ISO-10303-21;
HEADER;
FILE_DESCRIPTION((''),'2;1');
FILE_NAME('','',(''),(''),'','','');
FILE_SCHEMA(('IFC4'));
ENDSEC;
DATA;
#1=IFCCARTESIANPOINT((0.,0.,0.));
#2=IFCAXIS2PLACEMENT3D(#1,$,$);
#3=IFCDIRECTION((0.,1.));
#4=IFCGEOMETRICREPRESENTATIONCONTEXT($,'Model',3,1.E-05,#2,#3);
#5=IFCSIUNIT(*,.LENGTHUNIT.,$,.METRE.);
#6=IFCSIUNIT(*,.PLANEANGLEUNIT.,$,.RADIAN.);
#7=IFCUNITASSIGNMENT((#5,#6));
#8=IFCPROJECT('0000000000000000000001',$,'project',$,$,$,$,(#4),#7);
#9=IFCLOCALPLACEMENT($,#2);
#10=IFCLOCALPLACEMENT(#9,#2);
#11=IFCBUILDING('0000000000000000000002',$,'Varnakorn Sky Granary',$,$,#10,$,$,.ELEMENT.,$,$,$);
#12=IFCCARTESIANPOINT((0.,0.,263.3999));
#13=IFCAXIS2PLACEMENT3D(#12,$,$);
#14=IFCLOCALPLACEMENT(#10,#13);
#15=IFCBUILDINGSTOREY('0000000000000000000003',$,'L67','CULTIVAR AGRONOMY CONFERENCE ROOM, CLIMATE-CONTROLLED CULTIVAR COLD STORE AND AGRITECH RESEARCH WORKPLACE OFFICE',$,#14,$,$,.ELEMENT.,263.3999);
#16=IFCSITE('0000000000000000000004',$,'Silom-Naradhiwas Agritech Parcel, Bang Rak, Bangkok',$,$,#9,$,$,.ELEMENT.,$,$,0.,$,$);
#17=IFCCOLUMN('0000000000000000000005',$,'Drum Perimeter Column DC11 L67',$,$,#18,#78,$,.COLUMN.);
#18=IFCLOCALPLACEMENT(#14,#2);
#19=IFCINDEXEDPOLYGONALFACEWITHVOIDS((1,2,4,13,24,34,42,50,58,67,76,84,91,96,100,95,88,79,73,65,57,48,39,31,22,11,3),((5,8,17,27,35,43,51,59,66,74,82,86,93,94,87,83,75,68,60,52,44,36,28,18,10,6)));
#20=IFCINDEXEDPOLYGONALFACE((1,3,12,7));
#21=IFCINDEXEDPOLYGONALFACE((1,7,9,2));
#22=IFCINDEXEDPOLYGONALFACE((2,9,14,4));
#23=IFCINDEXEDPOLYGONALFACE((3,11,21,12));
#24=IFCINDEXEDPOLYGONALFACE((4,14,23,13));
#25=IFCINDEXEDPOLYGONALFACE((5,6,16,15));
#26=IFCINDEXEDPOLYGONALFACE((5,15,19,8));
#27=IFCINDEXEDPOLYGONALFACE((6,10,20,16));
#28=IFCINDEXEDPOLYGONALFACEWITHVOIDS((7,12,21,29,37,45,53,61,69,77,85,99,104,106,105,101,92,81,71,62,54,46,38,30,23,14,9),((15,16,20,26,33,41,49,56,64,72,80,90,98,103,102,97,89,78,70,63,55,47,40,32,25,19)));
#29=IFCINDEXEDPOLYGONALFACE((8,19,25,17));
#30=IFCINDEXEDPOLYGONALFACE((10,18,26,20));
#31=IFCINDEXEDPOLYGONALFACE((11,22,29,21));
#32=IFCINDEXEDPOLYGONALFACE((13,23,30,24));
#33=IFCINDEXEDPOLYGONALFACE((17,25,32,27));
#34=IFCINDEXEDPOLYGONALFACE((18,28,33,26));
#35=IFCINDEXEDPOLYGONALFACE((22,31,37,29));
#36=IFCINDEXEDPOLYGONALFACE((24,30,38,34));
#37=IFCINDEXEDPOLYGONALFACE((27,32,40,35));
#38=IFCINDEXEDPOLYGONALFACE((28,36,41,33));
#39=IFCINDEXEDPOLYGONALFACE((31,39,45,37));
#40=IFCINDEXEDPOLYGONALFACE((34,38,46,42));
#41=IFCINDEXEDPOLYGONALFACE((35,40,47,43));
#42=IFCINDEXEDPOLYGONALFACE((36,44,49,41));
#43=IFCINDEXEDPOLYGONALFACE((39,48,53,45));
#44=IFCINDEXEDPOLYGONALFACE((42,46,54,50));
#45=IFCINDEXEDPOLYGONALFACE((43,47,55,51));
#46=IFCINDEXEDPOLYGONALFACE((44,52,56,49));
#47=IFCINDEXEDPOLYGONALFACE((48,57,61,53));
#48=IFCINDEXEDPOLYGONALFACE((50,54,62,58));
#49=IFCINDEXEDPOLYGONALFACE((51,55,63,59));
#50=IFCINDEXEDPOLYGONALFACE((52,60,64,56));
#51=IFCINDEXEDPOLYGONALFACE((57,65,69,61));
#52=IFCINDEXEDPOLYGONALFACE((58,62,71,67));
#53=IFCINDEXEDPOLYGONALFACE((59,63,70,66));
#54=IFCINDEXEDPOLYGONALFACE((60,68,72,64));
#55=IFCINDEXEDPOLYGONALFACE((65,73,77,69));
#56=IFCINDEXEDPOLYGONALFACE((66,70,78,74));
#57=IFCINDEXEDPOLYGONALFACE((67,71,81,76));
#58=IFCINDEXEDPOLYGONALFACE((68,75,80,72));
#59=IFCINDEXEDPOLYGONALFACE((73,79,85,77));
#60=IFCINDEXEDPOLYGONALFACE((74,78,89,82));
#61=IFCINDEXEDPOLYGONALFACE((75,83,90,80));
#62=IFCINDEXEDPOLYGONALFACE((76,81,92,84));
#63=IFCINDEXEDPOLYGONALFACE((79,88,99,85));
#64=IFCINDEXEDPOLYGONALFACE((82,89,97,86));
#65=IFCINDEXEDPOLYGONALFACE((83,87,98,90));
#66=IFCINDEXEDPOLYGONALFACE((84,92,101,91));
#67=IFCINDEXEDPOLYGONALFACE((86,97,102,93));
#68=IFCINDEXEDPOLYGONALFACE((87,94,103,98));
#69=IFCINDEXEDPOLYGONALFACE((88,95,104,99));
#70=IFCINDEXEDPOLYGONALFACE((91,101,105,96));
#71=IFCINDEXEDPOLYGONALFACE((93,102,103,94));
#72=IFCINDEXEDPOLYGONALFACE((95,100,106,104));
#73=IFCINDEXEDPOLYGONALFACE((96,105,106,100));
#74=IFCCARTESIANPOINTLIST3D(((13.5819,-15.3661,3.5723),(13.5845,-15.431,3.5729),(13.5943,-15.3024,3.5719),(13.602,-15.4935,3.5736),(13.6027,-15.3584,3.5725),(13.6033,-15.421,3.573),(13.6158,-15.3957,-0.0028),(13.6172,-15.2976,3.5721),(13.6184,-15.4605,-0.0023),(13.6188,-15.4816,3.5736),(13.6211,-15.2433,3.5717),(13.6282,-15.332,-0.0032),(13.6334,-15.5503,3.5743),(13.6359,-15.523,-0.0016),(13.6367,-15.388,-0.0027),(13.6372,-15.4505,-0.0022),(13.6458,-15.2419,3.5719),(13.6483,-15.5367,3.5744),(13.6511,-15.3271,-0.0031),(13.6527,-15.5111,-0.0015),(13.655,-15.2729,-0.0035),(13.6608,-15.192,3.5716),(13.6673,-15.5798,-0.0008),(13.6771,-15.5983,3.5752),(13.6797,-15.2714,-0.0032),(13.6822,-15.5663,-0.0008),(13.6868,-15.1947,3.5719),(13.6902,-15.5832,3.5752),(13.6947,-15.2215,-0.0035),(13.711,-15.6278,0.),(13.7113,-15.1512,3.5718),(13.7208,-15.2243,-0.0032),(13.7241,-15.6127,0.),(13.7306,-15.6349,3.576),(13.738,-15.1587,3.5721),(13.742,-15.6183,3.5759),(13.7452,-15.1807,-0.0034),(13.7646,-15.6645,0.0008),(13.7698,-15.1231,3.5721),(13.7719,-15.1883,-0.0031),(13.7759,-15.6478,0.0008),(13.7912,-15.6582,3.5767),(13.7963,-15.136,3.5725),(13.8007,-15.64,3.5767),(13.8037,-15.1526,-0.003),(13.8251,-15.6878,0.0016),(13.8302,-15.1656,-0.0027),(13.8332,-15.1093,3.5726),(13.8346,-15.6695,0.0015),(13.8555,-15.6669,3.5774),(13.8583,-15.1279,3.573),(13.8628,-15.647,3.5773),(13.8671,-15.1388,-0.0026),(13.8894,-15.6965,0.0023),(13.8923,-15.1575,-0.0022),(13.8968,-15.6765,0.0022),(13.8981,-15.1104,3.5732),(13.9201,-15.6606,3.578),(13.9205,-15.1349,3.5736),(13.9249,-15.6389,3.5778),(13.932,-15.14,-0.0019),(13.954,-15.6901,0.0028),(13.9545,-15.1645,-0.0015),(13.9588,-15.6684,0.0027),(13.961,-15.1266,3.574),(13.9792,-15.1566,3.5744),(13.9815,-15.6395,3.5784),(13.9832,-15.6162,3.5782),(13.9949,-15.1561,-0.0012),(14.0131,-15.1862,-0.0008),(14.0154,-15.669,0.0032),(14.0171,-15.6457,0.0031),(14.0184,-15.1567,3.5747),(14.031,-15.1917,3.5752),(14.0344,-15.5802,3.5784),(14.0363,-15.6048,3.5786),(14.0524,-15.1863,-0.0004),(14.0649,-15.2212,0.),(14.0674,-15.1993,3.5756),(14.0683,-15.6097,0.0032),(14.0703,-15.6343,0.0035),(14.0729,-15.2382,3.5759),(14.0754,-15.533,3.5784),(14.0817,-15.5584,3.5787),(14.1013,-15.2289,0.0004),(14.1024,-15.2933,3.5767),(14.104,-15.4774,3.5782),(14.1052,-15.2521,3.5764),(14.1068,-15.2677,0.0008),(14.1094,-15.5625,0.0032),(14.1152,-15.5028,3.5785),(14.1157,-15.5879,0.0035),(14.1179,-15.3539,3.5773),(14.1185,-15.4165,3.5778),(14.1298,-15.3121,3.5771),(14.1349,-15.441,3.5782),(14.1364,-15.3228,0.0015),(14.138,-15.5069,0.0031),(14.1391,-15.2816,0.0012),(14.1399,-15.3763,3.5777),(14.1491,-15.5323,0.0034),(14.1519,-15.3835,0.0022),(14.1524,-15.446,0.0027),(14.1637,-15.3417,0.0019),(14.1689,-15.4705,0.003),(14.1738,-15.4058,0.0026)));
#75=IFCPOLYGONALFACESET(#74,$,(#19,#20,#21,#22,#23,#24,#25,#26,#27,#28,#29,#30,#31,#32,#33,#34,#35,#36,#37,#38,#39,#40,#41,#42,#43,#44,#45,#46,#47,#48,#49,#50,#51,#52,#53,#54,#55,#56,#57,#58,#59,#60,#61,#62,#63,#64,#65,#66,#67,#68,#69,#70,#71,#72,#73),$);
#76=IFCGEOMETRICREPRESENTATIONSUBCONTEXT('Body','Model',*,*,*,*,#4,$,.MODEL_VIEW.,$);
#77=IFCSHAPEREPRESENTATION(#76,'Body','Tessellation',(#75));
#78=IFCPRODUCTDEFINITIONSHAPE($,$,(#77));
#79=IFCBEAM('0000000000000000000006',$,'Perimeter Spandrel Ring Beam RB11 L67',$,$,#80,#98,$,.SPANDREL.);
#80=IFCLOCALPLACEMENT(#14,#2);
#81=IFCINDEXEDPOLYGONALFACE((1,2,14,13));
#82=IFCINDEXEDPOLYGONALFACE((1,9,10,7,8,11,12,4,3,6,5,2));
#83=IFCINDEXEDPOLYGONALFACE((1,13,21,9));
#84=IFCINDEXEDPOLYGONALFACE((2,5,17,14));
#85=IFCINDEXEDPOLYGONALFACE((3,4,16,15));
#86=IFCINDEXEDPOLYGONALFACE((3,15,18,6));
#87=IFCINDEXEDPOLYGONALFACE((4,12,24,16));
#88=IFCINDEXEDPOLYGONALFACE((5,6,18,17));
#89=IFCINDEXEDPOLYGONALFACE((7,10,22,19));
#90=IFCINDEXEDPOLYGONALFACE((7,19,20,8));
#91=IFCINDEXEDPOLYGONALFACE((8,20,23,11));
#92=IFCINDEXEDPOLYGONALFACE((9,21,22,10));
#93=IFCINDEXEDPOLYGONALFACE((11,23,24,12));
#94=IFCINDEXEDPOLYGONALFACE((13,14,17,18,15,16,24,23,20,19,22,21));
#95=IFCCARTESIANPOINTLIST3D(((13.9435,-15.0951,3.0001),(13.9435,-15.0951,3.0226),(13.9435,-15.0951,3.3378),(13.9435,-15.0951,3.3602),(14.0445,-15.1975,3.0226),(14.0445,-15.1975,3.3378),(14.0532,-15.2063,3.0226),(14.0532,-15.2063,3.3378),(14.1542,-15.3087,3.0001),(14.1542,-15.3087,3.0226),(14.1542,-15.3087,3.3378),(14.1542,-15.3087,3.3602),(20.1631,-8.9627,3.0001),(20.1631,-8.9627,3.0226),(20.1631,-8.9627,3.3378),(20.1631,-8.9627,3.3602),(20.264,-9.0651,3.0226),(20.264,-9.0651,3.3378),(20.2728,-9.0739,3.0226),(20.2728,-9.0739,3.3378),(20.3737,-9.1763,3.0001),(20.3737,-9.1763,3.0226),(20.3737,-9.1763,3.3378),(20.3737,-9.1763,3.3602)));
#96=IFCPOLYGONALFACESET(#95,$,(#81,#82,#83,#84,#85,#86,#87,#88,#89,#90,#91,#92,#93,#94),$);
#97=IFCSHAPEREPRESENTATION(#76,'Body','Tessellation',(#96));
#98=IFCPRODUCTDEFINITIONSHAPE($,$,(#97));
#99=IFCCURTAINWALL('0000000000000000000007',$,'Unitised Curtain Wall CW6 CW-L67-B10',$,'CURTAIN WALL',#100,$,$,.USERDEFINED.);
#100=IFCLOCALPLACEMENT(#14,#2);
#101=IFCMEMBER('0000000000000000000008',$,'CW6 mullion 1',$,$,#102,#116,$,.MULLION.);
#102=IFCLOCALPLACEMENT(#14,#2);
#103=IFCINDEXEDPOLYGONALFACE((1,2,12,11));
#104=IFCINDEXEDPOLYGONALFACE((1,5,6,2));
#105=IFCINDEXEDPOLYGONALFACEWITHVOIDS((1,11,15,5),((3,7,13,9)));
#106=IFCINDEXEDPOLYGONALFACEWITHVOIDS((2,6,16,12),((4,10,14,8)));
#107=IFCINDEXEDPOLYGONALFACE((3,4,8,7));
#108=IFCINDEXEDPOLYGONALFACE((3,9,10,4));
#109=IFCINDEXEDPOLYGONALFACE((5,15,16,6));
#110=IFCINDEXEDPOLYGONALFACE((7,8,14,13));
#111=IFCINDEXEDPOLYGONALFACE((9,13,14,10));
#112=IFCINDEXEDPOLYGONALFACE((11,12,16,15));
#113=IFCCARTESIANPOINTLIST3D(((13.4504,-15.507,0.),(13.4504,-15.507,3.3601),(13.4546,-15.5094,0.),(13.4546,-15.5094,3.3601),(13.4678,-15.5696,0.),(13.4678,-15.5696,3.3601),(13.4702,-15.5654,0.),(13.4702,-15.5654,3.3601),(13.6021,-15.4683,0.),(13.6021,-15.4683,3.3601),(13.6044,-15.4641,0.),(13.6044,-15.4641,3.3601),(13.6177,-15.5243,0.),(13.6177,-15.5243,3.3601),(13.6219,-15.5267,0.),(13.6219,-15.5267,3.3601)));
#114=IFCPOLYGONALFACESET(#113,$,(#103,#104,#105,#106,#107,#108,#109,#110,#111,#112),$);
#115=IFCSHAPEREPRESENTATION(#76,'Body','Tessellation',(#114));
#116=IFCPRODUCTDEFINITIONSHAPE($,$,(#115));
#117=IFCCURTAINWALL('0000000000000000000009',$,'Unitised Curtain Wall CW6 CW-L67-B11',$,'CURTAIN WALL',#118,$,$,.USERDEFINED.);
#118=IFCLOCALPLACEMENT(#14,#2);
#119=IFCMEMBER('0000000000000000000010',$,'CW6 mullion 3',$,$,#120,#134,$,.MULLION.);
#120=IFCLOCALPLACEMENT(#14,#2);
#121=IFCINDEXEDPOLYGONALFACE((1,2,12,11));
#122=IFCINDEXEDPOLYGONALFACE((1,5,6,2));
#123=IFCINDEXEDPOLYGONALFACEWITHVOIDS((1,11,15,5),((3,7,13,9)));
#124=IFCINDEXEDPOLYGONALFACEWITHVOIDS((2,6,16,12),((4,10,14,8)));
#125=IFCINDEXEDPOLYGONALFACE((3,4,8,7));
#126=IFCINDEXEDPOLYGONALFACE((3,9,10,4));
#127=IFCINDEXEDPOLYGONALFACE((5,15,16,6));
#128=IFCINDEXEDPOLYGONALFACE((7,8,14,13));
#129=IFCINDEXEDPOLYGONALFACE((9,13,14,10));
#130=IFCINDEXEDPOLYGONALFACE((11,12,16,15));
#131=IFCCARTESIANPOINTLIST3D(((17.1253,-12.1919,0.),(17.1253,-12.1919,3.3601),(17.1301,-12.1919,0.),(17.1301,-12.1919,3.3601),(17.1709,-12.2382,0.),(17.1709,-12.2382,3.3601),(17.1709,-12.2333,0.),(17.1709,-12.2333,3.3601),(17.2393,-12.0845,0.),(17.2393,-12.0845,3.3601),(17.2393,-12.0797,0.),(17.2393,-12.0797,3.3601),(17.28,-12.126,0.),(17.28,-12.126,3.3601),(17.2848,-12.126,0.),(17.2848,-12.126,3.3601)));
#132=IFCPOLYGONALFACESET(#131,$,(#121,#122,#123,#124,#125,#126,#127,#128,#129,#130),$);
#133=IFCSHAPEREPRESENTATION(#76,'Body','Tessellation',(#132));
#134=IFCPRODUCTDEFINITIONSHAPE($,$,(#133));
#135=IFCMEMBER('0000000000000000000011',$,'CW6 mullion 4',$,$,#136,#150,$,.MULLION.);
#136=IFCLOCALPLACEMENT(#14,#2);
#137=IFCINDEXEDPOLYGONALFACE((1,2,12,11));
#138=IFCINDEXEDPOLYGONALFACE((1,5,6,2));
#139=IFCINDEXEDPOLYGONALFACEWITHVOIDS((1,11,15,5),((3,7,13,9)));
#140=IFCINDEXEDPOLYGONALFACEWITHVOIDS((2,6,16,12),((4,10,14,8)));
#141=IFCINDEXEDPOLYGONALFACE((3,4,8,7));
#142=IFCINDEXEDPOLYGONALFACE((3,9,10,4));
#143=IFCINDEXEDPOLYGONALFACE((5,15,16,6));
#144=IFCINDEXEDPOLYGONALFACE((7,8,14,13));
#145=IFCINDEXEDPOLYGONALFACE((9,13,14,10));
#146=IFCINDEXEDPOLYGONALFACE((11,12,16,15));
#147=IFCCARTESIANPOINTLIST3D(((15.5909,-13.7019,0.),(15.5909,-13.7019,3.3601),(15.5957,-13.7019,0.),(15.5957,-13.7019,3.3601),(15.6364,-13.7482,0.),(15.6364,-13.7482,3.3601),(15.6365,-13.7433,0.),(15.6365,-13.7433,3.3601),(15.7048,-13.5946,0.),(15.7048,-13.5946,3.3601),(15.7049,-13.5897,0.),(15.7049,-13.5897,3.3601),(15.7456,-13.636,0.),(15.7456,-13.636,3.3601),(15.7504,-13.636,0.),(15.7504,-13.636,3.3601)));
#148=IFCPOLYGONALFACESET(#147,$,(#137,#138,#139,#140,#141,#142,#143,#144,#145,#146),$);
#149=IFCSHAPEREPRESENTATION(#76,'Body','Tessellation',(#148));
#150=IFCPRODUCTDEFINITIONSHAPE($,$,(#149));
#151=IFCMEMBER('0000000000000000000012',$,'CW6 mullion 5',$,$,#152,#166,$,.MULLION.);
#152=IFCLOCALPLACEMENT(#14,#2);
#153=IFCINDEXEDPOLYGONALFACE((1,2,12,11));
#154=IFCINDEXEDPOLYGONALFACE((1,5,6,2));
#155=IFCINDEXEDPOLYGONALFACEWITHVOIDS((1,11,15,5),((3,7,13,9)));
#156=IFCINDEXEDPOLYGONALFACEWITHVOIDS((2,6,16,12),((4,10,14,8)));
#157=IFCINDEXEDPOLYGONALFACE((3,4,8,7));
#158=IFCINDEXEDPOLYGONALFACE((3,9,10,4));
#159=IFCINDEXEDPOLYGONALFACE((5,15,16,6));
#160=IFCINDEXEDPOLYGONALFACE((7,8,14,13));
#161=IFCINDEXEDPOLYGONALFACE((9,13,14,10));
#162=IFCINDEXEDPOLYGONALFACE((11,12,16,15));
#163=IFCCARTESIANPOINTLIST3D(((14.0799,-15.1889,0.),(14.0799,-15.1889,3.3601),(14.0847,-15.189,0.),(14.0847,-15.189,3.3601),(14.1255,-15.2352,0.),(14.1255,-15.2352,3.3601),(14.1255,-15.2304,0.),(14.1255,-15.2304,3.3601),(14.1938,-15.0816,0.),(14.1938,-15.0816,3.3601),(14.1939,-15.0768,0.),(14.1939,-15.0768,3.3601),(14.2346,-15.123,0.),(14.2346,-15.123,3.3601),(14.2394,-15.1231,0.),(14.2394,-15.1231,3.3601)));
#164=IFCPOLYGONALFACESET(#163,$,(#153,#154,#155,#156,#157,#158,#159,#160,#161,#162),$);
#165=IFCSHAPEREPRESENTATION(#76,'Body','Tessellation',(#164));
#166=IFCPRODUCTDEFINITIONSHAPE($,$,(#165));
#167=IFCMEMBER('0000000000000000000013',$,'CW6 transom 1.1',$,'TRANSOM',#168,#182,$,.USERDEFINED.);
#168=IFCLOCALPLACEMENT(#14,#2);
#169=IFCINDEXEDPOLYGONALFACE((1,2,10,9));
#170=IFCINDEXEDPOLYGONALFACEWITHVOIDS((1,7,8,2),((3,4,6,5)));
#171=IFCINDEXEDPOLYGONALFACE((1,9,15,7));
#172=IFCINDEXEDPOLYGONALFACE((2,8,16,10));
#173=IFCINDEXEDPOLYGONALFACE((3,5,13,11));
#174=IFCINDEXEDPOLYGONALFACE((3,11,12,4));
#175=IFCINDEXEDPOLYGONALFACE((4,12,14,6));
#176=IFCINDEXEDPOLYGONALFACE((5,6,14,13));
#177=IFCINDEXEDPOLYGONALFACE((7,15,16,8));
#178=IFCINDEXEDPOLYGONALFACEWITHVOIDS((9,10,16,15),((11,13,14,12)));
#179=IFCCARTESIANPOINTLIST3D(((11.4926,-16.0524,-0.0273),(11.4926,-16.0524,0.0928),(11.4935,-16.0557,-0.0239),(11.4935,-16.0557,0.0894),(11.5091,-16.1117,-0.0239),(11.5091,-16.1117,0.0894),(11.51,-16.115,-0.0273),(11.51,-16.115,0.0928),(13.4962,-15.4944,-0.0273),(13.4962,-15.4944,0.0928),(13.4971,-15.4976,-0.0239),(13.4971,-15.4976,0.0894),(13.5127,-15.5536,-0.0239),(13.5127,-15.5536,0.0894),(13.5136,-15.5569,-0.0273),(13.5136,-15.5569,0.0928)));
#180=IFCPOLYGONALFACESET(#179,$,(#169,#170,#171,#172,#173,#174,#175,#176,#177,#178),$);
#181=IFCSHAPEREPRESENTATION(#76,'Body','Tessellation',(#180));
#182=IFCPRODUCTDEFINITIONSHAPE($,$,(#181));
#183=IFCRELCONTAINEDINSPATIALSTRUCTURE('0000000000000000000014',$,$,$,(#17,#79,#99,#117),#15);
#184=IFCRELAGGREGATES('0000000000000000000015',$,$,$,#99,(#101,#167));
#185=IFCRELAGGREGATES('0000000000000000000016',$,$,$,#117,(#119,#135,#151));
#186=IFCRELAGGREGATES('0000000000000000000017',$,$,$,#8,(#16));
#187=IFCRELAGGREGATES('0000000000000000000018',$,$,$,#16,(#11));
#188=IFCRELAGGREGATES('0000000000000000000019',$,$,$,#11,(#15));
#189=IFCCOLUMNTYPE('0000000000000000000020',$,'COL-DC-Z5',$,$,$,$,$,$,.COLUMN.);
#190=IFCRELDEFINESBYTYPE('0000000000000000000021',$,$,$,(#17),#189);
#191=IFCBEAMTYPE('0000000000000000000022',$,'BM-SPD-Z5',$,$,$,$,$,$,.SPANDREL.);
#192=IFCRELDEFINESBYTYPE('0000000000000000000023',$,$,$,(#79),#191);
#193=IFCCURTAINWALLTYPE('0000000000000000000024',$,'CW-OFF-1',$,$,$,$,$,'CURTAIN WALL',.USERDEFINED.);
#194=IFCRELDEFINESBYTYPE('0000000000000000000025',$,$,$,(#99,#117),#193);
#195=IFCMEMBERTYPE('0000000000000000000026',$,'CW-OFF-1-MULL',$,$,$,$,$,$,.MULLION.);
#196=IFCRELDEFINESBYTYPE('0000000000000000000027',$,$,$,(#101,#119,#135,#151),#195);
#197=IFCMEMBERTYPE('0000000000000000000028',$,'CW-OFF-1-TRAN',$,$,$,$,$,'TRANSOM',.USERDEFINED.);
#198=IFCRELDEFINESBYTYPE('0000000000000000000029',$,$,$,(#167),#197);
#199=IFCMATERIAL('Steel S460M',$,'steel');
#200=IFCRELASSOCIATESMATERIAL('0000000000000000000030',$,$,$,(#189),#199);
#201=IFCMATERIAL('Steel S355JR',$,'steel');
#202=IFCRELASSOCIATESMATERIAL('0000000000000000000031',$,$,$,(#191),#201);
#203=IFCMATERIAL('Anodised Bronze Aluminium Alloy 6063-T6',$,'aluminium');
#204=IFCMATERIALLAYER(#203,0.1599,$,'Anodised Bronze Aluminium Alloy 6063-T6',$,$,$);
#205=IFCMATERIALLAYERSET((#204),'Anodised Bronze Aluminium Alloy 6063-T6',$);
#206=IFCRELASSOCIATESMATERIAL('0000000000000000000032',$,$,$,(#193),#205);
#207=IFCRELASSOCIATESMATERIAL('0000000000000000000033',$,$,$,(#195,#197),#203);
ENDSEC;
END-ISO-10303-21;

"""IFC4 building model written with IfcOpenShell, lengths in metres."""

from ifc_helpers import new_model, si_unit, direction, frame, origin, origin_2d, place, context, subcontext, project, spatial, hollow_rectangle, hollow_circle, i_section, extrude, material, layer, layer_set, material_profile, profile_set, type_object, element, aggregate, save


model = new_model("IFC4")

# Units and contexts
model_context = context("Model", 3, precision=1e-05, world=origin(), true_north=direction((0.0, 1.0)))
body_context = subcontext(model_context, "Body", "Model", "MODEL_VIEW")
ifc_project = project(units=[si_unit("LENGTHUNIT", "METRE"), si_unit("PLANEANGLEUNIT", "RADIAN")], contexts=[model_context])

# Site, building, storey
site_placement = place(None, origin())
site = spatial("IfcSite", under=ifc_project, at=site_placement, Name="Silom-Naradhiwas Agritech Parcel, Bang Rak, Bangkok", CompositionType="ELEMENT", RefElevation=0.0)
building_placement = place(site_placement, origin())
building = spatial("IfcBuilding", under=site, at=building_placement, Name="Varnakorn Sky Granary", CompositionType="ELEMENT")
storey_placement = place(building_placement, frame((0.0, 0.0, 263.3999)))
storey = spatial("IfcBuildingStorey", under=building, at=storey_placement, Name="L67", Description="CULTIVAR AGRONOMY CONFERENCE ROOM, CLIMATE-CONTROLLED CULTIVAR COLD STORE AND AGRITECH RESEARCH WORKPLACE OFFICE", CompositionType="ELEMENT", Elevation=263.3999)

# Column
ifc_material_1 = material(Name="Steel S460M", Category="steel")
ifc_material_profile_1 = material_profile(ifc_material_1, hollow_circle(Radius=0.2795, WallThickness=0.02, at=origin_2d()), Name="CHS 559x20")
ifc_profile_set_1 = profile_set([ifc_material_profile_1], Name="Steel S460M")
column_type = type_object("IfcColumnType", Name="COL-DC-Z5", PredefinedType="COLUMN", material=ifc_profile_set_1)
column_placement = place(storey_placement, frame((13.8945, -15.417, 0.0), z_axis=(-0.009491, 0.008262, 0.999921), x_axis=(-0.656582, -0.754255, 0.0)))
element("IfcColumn", 1, at=column_placement, inside=storey, type_object=column_type, Name="Drum Perimeter Column DC11 L67", PredefinedType="COLUMN", context=body_context, shape_type="SweptSolid", body=[
    extrude(hollow_circle(Radius=0.2795, WallThickness=0.02, at=origin_2d()), origin(), (0.0, 0.0, 1.0), 3.5754),
])

# Beam
ifc_material_2 = material(Name="Steel S355JR", Category="steel")
ifc_material_profile_2 = material_profile(ifc_material_2, i_section(OverallWidth=0.3, OverallDepth=0.3601, WebThickness=0.0125, FlangeThickness=0.0225, at=origin_2d()), Name="HE 360 B")
ifc_profile_set_2 = profile_set([ifc_material_profile_2], Name="Steel S355JR")
beam_type = type_object("IfcBeamType", Name="BM-SPD-Z5", PredefinedType="SPANDREL", material=ifc_profile_set_2)
beam_placement = place(storey_placement, frame((14.0488, -15.2019, 3.1802), z_axis=(0.712079, 0.7021, 0.0), x_axis=(-0.7021, 0.712079, 0.0)))
element("IfcBeam", 2, at=beam_placement, inside=storey, type_object=beam_type, Name="Perimeter Spandrel Ring Beam RB11 L67", PredefinedType="SPANDREL", context=body_context, shape_type="SweptSolid", body=[
    extrude(i_section(OverallWidth=0.3, OverallDepth=0.3601, WebThickness=0.0125, FlangeThickness=0.0225, at=origin_2d()), origin(), (0.0, 0.0, 1.0), 8.7344),
])

# Curtain wall, member
ifc_material_3 = material(Name="Anodised Bronze Aluminium Alloy 6063-T6", Category="aluminium")
ifc_layer_1 = layer(ifc_material_3, 0.1599, Name="Anodised Bronze Aluminium Alloy 6063-T6")
ifc_layer_set_1 = layer_set([ifc_layer_1], Name="Anodised Bronze Aluminium Alloy 6063-T6")
curtain_wall_type = type_object("IfcCurtainWallType", Name="CW-OFF-1", ElementType="CURTAIN WALL", PredefinedType="USERDEFINED", material=ifc_layer_set_1)
curtain_wall_1_placement = place(storey_placement, origin())
curtain_wall_1 = element("IfcCurtainWall", 3, at=curtain_wall_1_placement, inside=storey, type_object=curtain_wall_type, Name="Unitised Curtain Wall CW6 CW-L67-B10", ObjectType="CURTAIN WALL", PredefinedType="USERDEFINED")
ifc_material_profile_3 = material_profile(ifc_material_3, hollow_rectangle(XDim=0.0649, YDim=0.1599, WallThickness=0.0034, at=origin_2d()), Name="ALU MULL 65x160")
ifc_profile_set_3 = profile_set([ifc_material_profile_3], Name="Anodised Bronze Aluminium Alloy 6063-T6")
member_type_1 = type_object("IfcMemberType", Name="CW-OFF-1-MULL", PredefinedType="MULLION", material=ifc_profile_set_3)
member_1_placement = place(storey_placement, frame((13.5361, -15.5168, 0.0), z_axis=(0.0, 0.0, 1.0), x_axis=(0.268401, -0.963307, 0.0)))
member_1 = element("IfcMember", 4, at=member_1_placement, type_object=member_type_1, Name="CW6 mullion 1", PredefinedType="MULLION", context=body_context, shape_type="SweptSolid", body=[
    extrude(hollow_rectangle(XDim=0.0649, YDim=0.1599, WallThickness=0.0034, at=origin_2d()), origin(), (0.0, 0.0, 1.0), 3.3601),
])

# Curtain wall, members
curtain_wall_2_placement = place(storey_placement, origin())
curtain_wall_2 = element("IfcCurtainWall", 5, at=curtain_wall_2_placement, inside=storey, type_object=curtain_wall_type, Name="Unitised Curtain Wall CW6 CW-L67-B11", ObjectType="CURTAIN WALL", PredefinedType="USERDEFINED")
member_2_placement = place(storey_placement, frame((17.2051, -12.1589, 0.0), z_axis=(0.0, 0.0, 1.0), x_axis=(0.70144, -0.712728, 0.0)))
member_2 = element("IfcMember", 6, at=member_2_placement, type_object=member_type_1, Name="CW6 mullion 3", PredefinedType="MULLION", context=body_context, shape_type="SweptSolid", body=[
    extrude(hollow_rectangle(XDim=0.0649, YDim=0.1599, WallThickness=0.0034, at=origin_2d()), origin(), (0.0, 0.0, 1.0), 3.3601),
])
member_3_placement = place(storey_placement, frame((15.6707, -13.6689, 0.0), z_axis=(0.0, 0.0, 1.0), x_axis=(0.70144, -0.712728, 0.0)))
member_3 = element("IfcMember", 7, at=member_3_placement, type_object=member_type_1, Name="CW6 mullion 4", PredefinedType="MULLION", context=body_context, shape_type="SweptSolid", body=[
    extrude(hollow_rectangle(XDim=0.0649, YDim=0.1599, WallThickness=0.0034, at=origin_2d()), origin(), (0.0, 0.0, 1.0), 3.3601),
])
member_4_placement = place(storey_placement, frame((14.1597, -15.156, 0.0), z_axis=(0.0, 0.0, 1.0), x_axis=(0.70144, -0.712728, 0.0)))
member_4 = element("IfcMember", 8, at=member_4_placement, type_object=member_type_1, Name="CW6 mullion 5", PredefinedType="MULLION", context=body_context, shape_type="SweptSolid", body=[
    extrude(hollow_rectangle(XDim=0.0649, YDim=0.1599, WallThickness=0.0034, at=origin_2d()), origin(), (0.0, 0.0, 1.0), 3.3601),
])

# Member
ifc_material_profile_4 = material_profile(ifc_material_3, hollow_rectangle(XDim=0.0649, YDim=0.1201, WallThickness=0.0034, at=origin_2d()), Name="ALU TRAN 65x120")
ifc_profile_set_4 = profile_set([ifc_material_profile_4], Name="Anodised Bronze Aluminium Alloy 6063-T6")
member_type_2 = type_object("IfcMemberType", Name="CW-OFF-1-TRAN", ElementType="TRANSOM", PredefinedType="USERDEFINED", material=ifc_profile_set_4)
member_5_placement = place(storey_placement, frame((13.5049, -15.5256, 0.0327), z_axis=(-0.963328, -0.268328, 0.0), x_axis=(0.268328, -0.963328, 0.0)))
member_5 = element("IfcMember", 9, at=member_5_placement, type_object=member_type_2, Name="CW6 transom 1.1", ObjectType="TRANSOM", PredefinedType="USERDEFINED", context=body_context, shape_type="SweptSolid", body=[
    extrude(hollow_rectangle(XDim=0.0649, YDim=0.1201, WallThickness=0.0034, at=origin_2d()), origin(), (0.0, 0.0, 1.0), 2.0798),
])
aggregate(curtain_wall_1, [member_1, member_5])

aggregate(curtain_wall_2, [member_2, member_3, member_4])

save(model, "model.ifc")
